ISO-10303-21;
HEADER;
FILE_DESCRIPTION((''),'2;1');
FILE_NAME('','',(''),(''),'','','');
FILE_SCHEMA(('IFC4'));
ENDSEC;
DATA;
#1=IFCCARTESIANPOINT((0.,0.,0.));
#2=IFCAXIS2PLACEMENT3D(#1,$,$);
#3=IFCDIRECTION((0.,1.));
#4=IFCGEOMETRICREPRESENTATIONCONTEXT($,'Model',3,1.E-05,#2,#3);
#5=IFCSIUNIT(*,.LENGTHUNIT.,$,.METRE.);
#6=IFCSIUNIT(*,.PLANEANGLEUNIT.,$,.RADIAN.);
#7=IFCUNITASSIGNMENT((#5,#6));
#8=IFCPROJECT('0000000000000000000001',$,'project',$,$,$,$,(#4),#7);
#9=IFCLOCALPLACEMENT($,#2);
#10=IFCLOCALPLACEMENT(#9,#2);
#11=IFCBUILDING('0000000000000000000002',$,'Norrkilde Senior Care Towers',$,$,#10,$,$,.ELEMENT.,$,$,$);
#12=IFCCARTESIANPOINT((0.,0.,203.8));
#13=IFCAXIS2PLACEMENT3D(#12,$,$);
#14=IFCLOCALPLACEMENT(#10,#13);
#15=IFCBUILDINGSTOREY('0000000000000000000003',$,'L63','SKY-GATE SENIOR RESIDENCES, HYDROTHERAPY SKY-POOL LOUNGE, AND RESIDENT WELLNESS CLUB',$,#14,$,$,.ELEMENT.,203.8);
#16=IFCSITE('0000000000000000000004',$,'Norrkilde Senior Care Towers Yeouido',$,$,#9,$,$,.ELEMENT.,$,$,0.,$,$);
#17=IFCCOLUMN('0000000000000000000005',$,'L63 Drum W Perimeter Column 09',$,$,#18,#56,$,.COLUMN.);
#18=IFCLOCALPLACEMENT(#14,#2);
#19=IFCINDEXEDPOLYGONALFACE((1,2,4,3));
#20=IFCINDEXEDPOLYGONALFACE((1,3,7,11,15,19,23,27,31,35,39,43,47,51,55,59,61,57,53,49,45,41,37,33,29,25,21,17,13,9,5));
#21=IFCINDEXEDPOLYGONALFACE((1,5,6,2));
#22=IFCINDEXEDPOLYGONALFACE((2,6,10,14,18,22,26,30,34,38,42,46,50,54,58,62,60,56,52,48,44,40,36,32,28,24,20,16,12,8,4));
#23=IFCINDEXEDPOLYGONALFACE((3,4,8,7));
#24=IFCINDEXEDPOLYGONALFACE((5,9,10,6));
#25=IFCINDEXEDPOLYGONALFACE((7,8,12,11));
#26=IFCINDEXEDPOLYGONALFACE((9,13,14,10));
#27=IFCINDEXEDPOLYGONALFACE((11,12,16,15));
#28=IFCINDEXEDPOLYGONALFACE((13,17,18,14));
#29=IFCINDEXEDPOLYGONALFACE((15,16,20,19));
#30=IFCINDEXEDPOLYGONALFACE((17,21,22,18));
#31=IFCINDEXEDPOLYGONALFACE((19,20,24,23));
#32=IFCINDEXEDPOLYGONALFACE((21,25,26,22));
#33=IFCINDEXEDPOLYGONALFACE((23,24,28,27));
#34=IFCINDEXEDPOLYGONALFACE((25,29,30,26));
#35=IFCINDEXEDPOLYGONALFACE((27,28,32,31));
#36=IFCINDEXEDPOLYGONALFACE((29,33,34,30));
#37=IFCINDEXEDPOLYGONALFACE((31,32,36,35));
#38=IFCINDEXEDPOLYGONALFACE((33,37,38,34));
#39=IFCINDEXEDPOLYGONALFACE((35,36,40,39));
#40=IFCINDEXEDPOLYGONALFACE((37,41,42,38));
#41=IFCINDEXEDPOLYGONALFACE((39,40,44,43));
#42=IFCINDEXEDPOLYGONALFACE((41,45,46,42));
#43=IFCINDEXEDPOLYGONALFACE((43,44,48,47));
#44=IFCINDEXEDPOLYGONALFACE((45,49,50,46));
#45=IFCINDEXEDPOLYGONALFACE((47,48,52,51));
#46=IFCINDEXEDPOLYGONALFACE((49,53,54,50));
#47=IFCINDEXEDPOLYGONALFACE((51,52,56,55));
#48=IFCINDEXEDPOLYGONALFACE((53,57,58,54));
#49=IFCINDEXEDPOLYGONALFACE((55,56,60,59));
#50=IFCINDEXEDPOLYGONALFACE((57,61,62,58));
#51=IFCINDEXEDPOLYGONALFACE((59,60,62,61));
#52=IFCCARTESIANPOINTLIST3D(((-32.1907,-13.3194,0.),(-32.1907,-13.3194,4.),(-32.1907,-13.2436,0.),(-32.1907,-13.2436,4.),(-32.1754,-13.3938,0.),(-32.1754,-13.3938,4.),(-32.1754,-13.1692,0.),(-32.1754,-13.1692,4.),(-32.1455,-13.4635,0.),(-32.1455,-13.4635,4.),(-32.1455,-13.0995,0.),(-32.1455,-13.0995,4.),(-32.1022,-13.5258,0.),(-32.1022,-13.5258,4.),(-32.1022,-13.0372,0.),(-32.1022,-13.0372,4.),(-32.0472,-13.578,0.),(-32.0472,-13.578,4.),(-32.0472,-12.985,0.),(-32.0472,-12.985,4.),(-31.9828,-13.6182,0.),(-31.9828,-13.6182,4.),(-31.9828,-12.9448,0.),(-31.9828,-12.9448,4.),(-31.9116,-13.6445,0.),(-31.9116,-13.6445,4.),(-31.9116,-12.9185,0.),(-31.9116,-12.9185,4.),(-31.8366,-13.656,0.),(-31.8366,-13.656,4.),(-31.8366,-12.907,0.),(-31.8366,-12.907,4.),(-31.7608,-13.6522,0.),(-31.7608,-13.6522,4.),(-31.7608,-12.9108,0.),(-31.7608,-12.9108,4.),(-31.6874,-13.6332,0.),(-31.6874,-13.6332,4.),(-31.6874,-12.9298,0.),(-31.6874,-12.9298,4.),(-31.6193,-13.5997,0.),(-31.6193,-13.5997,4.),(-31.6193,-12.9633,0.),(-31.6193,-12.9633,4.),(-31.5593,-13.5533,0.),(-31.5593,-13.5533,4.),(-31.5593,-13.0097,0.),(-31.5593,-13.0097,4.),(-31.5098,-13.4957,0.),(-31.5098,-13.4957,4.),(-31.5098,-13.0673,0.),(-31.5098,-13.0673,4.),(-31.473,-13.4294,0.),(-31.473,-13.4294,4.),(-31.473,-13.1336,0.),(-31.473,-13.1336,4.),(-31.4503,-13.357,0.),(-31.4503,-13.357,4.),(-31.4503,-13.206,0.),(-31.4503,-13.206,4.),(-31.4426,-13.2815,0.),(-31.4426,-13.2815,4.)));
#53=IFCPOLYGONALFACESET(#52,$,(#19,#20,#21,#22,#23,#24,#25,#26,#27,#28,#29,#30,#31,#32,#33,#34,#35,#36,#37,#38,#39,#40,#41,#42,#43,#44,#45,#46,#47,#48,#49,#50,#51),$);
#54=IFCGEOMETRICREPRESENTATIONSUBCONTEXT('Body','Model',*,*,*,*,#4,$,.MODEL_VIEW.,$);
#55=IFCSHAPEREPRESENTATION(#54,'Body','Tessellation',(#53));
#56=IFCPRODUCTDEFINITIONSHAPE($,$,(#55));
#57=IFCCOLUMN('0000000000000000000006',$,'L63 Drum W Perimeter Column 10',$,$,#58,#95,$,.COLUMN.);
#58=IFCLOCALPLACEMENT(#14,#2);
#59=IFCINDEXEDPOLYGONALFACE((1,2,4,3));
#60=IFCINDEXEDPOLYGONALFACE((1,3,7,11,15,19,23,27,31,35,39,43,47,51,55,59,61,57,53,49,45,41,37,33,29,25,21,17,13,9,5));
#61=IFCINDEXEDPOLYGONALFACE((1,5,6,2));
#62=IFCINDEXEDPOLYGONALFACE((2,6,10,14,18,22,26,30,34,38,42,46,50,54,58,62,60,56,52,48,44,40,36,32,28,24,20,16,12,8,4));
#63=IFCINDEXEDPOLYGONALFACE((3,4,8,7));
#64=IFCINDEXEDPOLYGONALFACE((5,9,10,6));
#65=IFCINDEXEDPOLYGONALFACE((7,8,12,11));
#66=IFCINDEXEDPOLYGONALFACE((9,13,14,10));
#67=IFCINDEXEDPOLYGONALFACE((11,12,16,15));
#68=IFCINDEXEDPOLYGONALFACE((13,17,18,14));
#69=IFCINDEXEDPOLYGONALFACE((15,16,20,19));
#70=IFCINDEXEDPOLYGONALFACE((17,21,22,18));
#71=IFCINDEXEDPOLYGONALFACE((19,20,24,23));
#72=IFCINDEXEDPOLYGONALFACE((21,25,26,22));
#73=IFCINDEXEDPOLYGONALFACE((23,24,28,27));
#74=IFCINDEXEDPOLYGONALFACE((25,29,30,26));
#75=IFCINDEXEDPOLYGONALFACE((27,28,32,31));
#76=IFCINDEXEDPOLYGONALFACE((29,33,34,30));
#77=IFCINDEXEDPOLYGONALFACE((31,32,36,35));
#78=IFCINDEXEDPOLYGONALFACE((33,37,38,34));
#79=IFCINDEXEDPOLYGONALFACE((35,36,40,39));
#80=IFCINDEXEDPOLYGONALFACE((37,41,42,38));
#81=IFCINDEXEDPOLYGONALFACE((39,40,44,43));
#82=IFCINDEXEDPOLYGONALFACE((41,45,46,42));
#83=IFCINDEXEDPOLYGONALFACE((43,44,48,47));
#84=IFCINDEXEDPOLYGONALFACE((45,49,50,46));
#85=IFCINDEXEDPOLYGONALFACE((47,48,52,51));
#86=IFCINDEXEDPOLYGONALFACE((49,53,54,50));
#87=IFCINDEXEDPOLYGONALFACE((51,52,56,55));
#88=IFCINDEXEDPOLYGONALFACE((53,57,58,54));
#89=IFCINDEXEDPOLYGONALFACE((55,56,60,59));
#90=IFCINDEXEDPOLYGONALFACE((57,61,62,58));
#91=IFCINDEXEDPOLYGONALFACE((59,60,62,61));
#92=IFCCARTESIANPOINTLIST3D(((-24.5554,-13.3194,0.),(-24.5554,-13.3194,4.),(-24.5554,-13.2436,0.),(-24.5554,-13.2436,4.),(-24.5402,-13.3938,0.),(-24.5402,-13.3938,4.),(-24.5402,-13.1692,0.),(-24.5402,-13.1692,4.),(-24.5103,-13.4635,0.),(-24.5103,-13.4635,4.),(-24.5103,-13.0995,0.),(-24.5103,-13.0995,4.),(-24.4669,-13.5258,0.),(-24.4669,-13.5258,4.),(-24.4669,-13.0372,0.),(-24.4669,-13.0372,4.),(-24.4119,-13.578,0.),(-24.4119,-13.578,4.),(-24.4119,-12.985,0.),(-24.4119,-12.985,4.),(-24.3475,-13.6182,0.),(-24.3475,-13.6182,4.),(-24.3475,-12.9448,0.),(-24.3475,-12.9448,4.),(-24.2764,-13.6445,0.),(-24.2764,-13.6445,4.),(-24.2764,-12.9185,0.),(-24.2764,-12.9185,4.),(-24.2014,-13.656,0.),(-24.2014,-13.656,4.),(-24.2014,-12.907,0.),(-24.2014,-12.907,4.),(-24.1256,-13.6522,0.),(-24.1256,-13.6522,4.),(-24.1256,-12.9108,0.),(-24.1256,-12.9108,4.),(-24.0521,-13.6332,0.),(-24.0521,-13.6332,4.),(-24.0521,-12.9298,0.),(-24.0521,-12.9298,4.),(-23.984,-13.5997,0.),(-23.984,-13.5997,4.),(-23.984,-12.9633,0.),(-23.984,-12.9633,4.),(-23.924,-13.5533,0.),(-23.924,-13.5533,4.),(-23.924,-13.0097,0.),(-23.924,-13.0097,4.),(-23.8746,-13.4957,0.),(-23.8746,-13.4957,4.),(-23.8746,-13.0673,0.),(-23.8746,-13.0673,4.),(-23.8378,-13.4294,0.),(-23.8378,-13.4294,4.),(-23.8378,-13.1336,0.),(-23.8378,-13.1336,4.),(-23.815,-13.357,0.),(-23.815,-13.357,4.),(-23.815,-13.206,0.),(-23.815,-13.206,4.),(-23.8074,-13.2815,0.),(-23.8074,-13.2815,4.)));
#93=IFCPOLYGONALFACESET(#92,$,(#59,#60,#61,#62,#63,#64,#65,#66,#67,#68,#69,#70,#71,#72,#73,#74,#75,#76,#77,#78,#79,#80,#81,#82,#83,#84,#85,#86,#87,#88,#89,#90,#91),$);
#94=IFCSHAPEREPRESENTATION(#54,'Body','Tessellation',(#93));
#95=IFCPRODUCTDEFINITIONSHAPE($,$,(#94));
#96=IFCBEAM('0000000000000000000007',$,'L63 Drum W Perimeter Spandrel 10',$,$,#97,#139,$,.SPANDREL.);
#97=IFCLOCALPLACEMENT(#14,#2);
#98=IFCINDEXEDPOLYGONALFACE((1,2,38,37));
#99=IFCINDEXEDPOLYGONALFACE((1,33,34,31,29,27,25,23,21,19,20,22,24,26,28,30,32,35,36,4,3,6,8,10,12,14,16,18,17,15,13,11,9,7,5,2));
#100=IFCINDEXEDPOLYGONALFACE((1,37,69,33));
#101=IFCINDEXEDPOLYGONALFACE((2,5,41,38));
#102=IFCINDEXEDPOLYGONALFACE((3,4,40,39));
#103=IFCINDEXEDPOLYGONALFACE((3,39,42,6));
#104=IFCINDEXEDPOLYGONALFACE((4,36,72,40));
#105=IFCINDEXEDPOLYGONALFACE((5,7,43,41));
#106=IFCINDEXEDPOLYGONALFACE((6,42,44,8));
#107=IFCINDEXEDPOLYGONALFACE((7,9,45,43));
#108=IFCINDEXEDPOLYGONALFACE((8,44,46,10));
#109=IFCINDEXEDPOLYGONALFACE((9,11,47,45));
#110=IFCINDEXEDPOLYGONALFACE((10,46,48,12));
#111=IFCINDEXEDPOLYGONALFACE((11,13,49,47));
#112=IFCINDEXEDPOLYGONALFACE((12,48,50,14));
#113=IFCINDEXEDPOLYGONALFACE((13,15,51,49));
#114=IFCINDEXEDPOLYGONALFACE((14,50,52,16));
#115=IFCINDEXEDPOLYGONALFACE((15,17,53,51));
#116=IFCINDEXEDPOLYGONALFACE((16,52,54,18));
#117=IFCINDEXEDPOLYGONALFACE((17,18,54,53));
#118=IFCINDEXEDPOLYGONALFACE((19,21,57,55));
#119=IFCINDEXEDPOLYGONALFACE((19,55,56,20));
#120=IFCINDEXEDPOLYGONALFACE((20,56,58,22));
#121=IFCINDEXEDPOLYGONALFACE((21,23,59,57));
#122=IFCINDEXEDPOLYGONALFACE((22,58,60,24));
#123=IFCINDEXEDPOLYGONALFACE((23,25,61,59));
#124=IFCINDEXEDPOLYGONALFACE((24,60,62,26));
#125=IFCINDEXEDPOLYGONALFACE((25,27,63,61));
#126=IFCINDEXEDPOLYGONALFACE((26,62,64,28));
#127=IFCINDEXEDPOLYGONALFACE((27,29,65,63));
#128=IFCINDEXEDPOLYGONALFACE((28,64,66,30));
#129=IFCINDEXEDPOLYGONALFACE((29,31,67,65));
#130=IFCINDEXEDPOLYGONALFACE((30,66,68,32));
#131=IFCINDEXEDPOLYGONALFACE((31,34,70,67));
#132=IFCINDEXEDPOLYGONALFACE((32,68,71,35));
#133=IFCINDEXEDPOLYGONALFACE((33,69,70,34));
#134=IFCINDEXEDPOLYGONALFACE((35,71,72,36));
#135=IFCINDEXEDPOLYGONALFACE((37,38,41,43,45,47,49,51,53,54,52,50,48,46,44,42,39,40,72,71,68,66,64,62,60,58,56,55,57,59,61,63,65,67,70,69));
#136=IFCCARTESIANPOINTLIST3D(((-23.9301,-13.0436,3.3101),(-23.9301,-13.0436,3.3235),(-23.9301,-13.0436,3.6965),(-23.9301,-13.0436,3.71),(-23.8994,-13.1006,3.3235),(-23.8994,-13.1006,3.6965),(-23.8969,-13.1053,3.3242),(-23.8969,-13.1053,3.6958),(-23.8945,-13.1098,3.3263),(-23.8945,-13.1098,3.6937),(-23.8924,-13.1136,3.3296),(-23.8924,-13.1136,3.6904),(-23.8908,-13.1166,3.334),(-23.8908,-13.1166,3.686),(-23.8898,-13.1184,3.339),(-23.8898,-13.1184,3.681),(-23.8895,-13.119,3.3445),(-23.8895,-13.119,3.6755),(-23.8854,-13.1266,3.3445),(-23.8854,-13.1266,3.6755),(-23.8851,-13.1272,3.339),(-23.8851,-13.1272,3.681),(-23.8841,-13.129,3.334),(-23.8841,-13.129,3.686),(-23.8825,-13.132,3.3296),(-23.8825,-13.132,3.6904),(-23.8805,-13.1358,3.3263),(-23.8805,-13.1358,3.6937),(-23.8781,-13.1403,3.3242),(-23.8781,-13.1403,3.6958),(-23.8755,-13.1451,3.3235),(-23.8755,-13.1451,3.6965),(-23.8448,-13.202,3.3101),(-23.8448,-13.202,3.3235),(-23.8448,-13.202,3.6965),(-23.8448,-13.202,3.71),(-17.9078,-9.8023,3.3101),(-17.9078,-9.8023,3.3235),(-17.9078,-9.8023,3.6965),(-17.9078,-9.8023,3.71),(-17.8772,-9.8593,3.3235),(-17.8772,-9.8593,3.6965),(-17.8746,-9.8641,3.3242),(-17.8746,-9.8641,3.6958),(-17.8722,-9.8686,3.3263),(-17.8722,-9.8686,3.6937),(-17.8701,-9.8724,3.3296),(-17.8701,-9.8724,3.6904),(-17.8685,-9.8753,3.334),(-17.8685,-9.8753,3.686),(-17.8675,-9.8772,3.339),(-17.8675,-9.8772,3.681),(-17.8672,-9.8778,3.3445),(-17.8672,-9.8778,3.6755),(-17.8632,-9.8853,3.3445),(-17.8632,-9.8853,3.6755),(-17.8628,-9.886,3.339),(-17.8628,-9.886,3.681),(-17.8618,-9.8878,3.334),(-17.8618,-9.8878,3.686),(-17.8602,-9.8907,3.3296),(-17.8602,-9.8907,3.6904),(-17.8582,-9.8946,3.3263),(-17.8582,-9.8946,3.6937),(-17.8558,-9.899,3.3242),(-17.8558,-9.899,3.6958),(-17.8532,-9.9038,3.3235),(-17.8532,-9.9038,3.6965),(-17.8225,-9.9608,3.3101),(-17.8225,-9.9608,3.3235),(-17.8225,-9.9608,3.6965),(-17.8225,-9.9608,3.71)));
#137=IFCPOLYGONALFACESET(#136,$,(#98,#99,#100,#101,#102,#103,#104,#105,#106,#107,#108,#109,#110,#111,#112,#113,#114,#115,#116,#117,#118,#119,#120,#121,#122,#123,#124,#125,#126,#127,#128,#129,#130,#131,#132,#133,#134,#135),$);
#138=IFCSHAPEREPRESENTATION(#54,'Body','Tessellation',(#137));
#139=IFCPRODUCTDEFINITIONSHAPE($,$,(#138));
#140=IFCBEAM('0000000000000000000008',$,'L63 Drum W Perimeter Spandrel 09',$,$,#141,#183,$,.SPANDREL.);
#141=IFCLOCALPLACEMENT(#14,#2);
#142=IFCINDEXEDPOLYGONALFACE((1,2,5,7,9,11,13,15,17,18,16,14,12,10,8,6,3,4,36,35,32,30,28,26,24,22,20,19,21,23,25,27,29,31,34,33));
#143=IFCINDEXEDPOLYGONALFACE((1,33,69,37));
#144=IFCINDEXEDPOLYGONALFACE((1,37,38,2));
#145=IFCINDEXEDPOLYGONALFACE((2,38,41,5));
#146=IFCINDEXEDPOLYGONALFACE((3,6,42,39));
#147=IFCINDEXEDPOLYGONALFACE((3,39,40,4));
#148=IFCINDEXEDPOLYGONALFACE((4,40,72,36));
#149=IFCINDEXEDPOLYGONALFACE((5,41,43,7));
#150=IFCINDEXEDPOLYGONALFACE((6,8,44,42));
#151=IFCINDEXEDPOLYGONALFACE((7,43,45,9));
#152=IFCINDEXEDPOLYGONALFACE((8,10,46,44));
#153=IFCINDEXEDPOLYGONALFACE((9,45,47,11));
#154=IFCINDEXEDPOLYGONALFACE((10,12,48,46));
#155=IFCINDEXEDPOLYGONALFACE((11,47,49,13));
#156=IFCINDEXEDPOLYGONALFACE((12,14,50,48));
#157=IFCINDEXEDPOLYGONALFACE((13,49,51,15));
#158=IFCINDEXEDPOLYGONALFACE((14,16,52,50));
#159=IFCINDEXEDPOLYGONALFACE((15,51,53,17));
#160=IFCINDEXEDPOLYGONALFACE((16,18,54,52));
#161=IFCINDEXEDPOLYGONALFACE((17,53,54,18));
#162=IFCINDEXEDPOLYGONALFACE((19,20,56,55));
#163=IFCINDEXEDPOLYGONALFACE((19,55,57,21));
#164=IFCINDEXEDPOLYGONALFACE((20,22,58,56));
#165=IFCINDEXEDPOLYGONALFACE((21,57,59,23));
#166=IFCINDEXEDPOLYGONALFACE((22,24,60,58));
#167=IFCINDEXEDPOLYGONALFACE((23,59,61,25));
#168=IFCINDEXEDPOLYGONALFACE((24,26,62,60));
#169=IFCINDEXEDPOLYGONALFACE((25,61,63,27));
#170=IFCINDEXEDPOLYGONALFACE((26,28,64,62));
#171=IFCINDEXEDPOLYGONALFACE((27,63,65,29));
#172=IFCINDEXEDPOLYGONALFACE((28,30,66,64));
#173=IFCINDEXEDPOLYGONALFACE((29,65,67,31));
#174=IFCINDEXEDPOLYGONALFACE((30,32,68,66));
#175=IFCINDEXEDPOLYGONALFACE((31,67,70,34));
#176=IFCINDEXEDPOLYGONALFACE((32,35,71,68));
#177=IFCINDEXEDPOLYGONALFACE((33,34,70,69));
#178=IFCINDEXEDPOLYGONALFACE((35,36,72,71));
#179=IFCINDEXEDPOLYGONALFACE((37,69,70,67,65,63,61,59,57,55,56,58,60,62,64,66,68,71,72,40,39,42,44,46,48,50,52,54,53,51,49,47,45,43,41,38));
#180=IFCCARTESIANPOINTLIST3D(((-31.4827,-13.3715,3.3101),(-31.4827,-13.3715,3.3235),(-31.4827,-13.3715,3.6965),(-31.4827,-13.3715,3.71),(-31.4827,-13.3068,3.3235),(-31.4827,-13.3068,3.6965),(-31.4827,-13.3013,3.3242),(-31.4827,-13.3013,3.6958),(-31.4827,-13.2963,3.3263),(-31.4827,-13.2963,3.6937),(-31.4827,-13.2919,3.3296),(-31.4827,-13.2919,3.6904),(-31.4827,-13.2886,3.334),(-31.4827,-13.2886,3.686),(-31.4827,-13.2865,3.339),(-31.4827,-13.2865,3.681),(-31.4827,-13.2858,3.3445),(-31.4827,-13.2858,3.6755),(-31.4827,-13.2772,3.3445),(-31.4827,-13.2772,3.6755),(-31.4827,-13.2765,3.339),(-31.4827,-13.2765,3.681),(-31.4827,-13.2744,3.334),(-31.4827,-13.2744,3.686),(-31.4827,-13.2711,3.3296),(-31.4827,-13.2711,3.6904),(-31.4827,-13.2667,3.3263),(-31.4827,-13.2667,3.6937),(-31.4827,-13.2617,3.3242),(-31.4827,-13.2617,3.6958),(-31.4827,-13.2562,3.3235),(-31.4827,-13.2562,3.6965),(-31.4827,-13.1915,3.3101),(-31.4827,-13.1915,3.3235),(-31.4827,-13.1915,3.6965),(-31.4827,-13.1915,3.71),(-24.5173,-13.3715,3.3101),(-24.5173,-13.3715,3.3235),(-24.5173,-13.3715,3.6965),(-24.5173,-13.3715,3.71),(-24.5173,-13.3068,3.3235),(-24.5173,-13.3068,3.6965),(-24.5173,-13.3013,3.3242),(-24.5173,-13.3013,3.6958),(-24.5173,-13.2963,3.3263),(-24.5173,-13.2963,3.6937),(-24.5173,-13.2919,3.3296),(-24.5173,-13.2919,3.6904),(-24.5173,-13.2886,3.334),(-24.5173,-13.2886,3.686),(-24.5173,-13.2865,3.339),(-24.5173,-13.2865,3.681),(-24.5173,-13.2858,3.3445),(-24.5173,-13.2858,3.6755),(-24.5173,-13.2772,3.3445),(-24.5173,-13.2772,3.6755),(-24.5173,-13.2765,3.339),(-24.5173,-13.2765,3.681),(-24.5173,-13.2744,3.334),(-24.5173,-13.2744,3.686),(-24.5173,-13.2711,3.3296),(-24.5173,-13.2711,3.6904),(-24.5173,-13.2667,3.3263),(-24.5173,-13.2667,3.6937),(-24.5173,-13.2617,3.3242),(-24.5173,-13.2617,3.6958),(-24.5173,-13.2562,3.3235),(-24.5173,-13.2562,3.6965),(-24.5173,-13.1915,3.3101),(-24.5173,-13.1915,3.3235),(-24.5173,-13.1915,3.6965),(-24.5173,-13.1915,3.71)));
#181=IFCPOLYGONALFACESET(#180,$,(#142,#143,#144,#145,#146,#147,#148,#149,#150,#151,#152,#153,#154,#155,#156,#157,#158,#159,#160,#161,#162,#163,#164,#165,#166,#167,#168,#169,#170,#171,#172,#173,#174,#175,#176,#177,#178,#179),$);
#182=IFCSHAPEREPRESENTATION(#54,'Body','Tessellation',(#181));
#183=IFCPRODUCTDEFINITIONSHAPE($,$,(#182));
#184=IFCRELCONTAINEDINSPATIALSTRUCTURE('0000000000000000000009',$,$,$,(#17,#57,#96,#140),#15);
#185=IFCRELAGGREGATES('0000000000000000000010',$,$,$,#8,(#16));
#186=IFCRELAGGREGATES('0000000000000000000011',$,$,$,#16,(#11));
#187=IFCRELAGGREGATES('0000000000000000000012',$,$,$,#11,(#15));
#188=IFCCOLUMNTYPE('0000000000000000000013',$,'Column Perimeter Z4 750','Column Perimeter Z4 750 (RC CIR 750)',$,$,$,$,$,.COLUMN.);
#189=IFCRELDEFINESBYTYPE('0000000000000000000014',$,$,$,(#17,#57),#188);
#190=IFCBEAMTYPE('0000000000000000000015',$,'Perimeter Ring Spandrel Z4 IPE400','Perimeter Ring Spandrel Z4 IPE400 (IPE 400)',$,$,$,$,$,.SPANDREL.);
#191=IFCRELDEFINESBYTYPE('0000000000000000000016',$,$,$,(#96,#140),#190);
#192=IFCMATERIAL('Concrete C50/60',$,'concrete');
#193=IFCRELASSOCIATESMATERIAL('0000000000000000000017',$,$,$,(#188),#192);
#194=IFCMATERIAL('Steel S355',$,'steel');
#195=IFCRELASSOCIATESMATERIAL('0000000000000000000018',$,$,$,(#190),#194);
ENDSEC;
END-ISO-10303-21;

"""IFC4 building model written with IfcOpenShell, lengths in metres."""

from ifc_helpers import new_model, si_unit, direction, frame, origin, origin_2d, place, context, subcontext, project, spatial, circle, i_section, extrude, source, transform, mapped, material, material_profile, profile_set, type_object, type_shapes, element, save


model = new_model("IFC4")

# Units and contexts
model_context = context("Model", 3, precision=1e-05, world=origin(), true_north=direction((0.0, 1.0)))
body_context = subcontext(model_context, "Body", "Model", "MODEL_VIEW")
ifc_project = project(units=[si_unit("LENGTHUNIT", "METRE"), si_unit("PLANEANGLEUNIT", "RADIAN")], contexts=[model_context])

# Site, building, storey
site_placement = place(None, origin())
site = spatial("IfcSite", under=ifc_project, at=site_placement, Name="Norrkilde Senior Care Towers Yeouido", CompositionType="ELEMENT", RefElevation=0.0)
building_placement = place(site_placement, origin())
building = spatial("IfcBuilding", under=site, at=building_placement, Name="Norrkilde Senior Care Towers", CompositionType="ELEMENT")
storey_placement = place(building_placement, frame((0.0, 0.0, 203.8)))
storey = spatial("IfcBuildingStorey", under=building, at=storey_placement, Name="L63", Description="SKY-GATE SENIOR RESIDENCES, HYDROTHERAPY SKY-POOL LOUNGE, AND RESIDENT WELLNESS CLUB", CompositionType="ELEMENT", Elevation=203.8)

# Columns
ifc_material_1 = material(Name="Concrete C50/60", Category="concrete")
ifc_material_profile_1 = material_profile(ifc_material_1, circle(Radius=0.375, at=origin_2d()), Name="RC CIR 750")
ifc_profile_set_1 = profile_set([ifc_material_profile_1], Name="Concrete C50/60")
column_type = type_object("IfcColumnType", Name="Column Perimeter Z4 750", Description="Column Perimeter Z4 750 (RC CIR 750)", PredefinedType="COLUMN", material=ifc_profile_set_1)
shared_shape_1 = source(origin(), body_context, "Body", "SweptSolid", [
    extrude(circle(Radius=0.375, at=origin_2d()), origin(), (0.0, 0.0, 1.0), 4.0),
])
type_shapes(column_type, [shared_shape_1])
for number, where, z_axis, x_axis, name in (
    (1, (-31.8176, -13.2815, 0.0), (0.0, 0.0, 1.0), (1.0, 0.0, 0.0), "L63 Drum W Perimeter Column 09"),
    (2, (-24.1824, -13.2815, 0.0), (0.0, 0.0, 1.0), (1.0, 0.0, 0.0), "L63 Drum W Perimeter Column 10"),
):
    element("IfcColumn", number, at=place(storey_placement, frame(where, z_axis=z_axis, x_axis=x_axis)), inside=storey, type_object=column_type, Name=name, PredefinedType="COLUMN", context=body_context, shape_type="MappedRepresentation", body=[
        mapped(shared_shape_1, transform((0.0, 0.0, 0.0), x_axis=(1.0, 0.0, 0.0), y_axis=(0.0, 1.0, 0.0), z_axis=(0.0, 0.0, 1.0), scale=1.0)),
    ])

# Beams
ifc_material_2 = material(Name="Steel S355", Category="steel")
ifc_material_profile_2 = material_profile(ifc_material_2, i_section(OverallWidth=0.1799, OverallDepth=0.3999, WebThickness=0.0085, FlangeThickness=0.0134, FilletRadius=0.021, at=origin_2d()), Name="IPE 400")
ifc_profile_set_2 = profile_set([ifc_material_profile_2], Name="Steel S355")
beam_type_1 = type_object("IfcBeamType", Name="Perimeter Ring Spandrel Z4 IPE400", Description="Perimeter Ring Spandrel Z4 IPE400 (IPE 400)", PredefinedType="SPANDREL", material=ifc_profile_set_2)
shared_shape_2 = source(origin(), body_context, "Body", "SweptSolid", [
    extrude(i_section(OverallWidth=0.1799, OverallDepth=0.3999, WebThickness=0.0085, FlangeThickness=0.0134, FilletRadius=0.021, at=origin_2d()), origin(), (0.0, 0.0, 1.0), 6.8391),
])
beam_1_placement = place(storey_placement, frame((-23.8875, -13.1228, 3.51), z_axis=(0.880564, 0.473927, 0.0), x_axis=(-0.473927, 0.880564, 0.0)))
element("IfcBeam", 3, at=beam_1_placement, inside=storey, type_object=beam_type_1, Name="L63 Drum W Perimeter Spandrel 10", PredefinedType="SPANDREL", context=body_context, shape_type="MappedRepresentation", body=[
    mapped(shared_shape_2, transform((0.0, 0.0, 0.0), x_axis=(1.0, 0.0, 0.0), y_axis=(0.0, 1.0, 0.0), z_axis=(0.0, 0.0, 1.0), scale=1.0)),
])
shared_shape_3 = source(origin(), body_context, "Body", "SweptSolid", [
    extrude(i_section(OverallWidth=0.1799, OverallDepth=0.3999, WebThickness=0.0085, FlangeThickness=0.0134, FilletRadius=0.021, at=origin_2d()), origin(), (0.0, 0.0, 1.0), 6.9653),
])
type_shapes(beam_type_1, [shared_shape_2, shared_shape_3])
beam_2_placement = place(storey_placement, frame((-31.4827, -13.2815, 3.51), z_axis=(1.0, 0.0, 0.0), x_axis=(0.0, 1.0, 0.0)))
element("IfcBeam", 4, at=beam_2_placement, inside=storey, type_object=beam_type_1, Name="L63 Drum W Perimeter Spandrel 09", PredefinedType="SPANDREL", context=body_context, shape_type="MappedRepresentation", body=[
    mapped(shared_shape_3, transform((0.0, 0.0, 0.0), x_axis=(1.0, 0.0, 0.0), y_axis=(0.0, 1.0, 0.0), z_axis=(0.0, 0.0, 1.0), scale=1.0)),
])

save(model, "model.ifc")
